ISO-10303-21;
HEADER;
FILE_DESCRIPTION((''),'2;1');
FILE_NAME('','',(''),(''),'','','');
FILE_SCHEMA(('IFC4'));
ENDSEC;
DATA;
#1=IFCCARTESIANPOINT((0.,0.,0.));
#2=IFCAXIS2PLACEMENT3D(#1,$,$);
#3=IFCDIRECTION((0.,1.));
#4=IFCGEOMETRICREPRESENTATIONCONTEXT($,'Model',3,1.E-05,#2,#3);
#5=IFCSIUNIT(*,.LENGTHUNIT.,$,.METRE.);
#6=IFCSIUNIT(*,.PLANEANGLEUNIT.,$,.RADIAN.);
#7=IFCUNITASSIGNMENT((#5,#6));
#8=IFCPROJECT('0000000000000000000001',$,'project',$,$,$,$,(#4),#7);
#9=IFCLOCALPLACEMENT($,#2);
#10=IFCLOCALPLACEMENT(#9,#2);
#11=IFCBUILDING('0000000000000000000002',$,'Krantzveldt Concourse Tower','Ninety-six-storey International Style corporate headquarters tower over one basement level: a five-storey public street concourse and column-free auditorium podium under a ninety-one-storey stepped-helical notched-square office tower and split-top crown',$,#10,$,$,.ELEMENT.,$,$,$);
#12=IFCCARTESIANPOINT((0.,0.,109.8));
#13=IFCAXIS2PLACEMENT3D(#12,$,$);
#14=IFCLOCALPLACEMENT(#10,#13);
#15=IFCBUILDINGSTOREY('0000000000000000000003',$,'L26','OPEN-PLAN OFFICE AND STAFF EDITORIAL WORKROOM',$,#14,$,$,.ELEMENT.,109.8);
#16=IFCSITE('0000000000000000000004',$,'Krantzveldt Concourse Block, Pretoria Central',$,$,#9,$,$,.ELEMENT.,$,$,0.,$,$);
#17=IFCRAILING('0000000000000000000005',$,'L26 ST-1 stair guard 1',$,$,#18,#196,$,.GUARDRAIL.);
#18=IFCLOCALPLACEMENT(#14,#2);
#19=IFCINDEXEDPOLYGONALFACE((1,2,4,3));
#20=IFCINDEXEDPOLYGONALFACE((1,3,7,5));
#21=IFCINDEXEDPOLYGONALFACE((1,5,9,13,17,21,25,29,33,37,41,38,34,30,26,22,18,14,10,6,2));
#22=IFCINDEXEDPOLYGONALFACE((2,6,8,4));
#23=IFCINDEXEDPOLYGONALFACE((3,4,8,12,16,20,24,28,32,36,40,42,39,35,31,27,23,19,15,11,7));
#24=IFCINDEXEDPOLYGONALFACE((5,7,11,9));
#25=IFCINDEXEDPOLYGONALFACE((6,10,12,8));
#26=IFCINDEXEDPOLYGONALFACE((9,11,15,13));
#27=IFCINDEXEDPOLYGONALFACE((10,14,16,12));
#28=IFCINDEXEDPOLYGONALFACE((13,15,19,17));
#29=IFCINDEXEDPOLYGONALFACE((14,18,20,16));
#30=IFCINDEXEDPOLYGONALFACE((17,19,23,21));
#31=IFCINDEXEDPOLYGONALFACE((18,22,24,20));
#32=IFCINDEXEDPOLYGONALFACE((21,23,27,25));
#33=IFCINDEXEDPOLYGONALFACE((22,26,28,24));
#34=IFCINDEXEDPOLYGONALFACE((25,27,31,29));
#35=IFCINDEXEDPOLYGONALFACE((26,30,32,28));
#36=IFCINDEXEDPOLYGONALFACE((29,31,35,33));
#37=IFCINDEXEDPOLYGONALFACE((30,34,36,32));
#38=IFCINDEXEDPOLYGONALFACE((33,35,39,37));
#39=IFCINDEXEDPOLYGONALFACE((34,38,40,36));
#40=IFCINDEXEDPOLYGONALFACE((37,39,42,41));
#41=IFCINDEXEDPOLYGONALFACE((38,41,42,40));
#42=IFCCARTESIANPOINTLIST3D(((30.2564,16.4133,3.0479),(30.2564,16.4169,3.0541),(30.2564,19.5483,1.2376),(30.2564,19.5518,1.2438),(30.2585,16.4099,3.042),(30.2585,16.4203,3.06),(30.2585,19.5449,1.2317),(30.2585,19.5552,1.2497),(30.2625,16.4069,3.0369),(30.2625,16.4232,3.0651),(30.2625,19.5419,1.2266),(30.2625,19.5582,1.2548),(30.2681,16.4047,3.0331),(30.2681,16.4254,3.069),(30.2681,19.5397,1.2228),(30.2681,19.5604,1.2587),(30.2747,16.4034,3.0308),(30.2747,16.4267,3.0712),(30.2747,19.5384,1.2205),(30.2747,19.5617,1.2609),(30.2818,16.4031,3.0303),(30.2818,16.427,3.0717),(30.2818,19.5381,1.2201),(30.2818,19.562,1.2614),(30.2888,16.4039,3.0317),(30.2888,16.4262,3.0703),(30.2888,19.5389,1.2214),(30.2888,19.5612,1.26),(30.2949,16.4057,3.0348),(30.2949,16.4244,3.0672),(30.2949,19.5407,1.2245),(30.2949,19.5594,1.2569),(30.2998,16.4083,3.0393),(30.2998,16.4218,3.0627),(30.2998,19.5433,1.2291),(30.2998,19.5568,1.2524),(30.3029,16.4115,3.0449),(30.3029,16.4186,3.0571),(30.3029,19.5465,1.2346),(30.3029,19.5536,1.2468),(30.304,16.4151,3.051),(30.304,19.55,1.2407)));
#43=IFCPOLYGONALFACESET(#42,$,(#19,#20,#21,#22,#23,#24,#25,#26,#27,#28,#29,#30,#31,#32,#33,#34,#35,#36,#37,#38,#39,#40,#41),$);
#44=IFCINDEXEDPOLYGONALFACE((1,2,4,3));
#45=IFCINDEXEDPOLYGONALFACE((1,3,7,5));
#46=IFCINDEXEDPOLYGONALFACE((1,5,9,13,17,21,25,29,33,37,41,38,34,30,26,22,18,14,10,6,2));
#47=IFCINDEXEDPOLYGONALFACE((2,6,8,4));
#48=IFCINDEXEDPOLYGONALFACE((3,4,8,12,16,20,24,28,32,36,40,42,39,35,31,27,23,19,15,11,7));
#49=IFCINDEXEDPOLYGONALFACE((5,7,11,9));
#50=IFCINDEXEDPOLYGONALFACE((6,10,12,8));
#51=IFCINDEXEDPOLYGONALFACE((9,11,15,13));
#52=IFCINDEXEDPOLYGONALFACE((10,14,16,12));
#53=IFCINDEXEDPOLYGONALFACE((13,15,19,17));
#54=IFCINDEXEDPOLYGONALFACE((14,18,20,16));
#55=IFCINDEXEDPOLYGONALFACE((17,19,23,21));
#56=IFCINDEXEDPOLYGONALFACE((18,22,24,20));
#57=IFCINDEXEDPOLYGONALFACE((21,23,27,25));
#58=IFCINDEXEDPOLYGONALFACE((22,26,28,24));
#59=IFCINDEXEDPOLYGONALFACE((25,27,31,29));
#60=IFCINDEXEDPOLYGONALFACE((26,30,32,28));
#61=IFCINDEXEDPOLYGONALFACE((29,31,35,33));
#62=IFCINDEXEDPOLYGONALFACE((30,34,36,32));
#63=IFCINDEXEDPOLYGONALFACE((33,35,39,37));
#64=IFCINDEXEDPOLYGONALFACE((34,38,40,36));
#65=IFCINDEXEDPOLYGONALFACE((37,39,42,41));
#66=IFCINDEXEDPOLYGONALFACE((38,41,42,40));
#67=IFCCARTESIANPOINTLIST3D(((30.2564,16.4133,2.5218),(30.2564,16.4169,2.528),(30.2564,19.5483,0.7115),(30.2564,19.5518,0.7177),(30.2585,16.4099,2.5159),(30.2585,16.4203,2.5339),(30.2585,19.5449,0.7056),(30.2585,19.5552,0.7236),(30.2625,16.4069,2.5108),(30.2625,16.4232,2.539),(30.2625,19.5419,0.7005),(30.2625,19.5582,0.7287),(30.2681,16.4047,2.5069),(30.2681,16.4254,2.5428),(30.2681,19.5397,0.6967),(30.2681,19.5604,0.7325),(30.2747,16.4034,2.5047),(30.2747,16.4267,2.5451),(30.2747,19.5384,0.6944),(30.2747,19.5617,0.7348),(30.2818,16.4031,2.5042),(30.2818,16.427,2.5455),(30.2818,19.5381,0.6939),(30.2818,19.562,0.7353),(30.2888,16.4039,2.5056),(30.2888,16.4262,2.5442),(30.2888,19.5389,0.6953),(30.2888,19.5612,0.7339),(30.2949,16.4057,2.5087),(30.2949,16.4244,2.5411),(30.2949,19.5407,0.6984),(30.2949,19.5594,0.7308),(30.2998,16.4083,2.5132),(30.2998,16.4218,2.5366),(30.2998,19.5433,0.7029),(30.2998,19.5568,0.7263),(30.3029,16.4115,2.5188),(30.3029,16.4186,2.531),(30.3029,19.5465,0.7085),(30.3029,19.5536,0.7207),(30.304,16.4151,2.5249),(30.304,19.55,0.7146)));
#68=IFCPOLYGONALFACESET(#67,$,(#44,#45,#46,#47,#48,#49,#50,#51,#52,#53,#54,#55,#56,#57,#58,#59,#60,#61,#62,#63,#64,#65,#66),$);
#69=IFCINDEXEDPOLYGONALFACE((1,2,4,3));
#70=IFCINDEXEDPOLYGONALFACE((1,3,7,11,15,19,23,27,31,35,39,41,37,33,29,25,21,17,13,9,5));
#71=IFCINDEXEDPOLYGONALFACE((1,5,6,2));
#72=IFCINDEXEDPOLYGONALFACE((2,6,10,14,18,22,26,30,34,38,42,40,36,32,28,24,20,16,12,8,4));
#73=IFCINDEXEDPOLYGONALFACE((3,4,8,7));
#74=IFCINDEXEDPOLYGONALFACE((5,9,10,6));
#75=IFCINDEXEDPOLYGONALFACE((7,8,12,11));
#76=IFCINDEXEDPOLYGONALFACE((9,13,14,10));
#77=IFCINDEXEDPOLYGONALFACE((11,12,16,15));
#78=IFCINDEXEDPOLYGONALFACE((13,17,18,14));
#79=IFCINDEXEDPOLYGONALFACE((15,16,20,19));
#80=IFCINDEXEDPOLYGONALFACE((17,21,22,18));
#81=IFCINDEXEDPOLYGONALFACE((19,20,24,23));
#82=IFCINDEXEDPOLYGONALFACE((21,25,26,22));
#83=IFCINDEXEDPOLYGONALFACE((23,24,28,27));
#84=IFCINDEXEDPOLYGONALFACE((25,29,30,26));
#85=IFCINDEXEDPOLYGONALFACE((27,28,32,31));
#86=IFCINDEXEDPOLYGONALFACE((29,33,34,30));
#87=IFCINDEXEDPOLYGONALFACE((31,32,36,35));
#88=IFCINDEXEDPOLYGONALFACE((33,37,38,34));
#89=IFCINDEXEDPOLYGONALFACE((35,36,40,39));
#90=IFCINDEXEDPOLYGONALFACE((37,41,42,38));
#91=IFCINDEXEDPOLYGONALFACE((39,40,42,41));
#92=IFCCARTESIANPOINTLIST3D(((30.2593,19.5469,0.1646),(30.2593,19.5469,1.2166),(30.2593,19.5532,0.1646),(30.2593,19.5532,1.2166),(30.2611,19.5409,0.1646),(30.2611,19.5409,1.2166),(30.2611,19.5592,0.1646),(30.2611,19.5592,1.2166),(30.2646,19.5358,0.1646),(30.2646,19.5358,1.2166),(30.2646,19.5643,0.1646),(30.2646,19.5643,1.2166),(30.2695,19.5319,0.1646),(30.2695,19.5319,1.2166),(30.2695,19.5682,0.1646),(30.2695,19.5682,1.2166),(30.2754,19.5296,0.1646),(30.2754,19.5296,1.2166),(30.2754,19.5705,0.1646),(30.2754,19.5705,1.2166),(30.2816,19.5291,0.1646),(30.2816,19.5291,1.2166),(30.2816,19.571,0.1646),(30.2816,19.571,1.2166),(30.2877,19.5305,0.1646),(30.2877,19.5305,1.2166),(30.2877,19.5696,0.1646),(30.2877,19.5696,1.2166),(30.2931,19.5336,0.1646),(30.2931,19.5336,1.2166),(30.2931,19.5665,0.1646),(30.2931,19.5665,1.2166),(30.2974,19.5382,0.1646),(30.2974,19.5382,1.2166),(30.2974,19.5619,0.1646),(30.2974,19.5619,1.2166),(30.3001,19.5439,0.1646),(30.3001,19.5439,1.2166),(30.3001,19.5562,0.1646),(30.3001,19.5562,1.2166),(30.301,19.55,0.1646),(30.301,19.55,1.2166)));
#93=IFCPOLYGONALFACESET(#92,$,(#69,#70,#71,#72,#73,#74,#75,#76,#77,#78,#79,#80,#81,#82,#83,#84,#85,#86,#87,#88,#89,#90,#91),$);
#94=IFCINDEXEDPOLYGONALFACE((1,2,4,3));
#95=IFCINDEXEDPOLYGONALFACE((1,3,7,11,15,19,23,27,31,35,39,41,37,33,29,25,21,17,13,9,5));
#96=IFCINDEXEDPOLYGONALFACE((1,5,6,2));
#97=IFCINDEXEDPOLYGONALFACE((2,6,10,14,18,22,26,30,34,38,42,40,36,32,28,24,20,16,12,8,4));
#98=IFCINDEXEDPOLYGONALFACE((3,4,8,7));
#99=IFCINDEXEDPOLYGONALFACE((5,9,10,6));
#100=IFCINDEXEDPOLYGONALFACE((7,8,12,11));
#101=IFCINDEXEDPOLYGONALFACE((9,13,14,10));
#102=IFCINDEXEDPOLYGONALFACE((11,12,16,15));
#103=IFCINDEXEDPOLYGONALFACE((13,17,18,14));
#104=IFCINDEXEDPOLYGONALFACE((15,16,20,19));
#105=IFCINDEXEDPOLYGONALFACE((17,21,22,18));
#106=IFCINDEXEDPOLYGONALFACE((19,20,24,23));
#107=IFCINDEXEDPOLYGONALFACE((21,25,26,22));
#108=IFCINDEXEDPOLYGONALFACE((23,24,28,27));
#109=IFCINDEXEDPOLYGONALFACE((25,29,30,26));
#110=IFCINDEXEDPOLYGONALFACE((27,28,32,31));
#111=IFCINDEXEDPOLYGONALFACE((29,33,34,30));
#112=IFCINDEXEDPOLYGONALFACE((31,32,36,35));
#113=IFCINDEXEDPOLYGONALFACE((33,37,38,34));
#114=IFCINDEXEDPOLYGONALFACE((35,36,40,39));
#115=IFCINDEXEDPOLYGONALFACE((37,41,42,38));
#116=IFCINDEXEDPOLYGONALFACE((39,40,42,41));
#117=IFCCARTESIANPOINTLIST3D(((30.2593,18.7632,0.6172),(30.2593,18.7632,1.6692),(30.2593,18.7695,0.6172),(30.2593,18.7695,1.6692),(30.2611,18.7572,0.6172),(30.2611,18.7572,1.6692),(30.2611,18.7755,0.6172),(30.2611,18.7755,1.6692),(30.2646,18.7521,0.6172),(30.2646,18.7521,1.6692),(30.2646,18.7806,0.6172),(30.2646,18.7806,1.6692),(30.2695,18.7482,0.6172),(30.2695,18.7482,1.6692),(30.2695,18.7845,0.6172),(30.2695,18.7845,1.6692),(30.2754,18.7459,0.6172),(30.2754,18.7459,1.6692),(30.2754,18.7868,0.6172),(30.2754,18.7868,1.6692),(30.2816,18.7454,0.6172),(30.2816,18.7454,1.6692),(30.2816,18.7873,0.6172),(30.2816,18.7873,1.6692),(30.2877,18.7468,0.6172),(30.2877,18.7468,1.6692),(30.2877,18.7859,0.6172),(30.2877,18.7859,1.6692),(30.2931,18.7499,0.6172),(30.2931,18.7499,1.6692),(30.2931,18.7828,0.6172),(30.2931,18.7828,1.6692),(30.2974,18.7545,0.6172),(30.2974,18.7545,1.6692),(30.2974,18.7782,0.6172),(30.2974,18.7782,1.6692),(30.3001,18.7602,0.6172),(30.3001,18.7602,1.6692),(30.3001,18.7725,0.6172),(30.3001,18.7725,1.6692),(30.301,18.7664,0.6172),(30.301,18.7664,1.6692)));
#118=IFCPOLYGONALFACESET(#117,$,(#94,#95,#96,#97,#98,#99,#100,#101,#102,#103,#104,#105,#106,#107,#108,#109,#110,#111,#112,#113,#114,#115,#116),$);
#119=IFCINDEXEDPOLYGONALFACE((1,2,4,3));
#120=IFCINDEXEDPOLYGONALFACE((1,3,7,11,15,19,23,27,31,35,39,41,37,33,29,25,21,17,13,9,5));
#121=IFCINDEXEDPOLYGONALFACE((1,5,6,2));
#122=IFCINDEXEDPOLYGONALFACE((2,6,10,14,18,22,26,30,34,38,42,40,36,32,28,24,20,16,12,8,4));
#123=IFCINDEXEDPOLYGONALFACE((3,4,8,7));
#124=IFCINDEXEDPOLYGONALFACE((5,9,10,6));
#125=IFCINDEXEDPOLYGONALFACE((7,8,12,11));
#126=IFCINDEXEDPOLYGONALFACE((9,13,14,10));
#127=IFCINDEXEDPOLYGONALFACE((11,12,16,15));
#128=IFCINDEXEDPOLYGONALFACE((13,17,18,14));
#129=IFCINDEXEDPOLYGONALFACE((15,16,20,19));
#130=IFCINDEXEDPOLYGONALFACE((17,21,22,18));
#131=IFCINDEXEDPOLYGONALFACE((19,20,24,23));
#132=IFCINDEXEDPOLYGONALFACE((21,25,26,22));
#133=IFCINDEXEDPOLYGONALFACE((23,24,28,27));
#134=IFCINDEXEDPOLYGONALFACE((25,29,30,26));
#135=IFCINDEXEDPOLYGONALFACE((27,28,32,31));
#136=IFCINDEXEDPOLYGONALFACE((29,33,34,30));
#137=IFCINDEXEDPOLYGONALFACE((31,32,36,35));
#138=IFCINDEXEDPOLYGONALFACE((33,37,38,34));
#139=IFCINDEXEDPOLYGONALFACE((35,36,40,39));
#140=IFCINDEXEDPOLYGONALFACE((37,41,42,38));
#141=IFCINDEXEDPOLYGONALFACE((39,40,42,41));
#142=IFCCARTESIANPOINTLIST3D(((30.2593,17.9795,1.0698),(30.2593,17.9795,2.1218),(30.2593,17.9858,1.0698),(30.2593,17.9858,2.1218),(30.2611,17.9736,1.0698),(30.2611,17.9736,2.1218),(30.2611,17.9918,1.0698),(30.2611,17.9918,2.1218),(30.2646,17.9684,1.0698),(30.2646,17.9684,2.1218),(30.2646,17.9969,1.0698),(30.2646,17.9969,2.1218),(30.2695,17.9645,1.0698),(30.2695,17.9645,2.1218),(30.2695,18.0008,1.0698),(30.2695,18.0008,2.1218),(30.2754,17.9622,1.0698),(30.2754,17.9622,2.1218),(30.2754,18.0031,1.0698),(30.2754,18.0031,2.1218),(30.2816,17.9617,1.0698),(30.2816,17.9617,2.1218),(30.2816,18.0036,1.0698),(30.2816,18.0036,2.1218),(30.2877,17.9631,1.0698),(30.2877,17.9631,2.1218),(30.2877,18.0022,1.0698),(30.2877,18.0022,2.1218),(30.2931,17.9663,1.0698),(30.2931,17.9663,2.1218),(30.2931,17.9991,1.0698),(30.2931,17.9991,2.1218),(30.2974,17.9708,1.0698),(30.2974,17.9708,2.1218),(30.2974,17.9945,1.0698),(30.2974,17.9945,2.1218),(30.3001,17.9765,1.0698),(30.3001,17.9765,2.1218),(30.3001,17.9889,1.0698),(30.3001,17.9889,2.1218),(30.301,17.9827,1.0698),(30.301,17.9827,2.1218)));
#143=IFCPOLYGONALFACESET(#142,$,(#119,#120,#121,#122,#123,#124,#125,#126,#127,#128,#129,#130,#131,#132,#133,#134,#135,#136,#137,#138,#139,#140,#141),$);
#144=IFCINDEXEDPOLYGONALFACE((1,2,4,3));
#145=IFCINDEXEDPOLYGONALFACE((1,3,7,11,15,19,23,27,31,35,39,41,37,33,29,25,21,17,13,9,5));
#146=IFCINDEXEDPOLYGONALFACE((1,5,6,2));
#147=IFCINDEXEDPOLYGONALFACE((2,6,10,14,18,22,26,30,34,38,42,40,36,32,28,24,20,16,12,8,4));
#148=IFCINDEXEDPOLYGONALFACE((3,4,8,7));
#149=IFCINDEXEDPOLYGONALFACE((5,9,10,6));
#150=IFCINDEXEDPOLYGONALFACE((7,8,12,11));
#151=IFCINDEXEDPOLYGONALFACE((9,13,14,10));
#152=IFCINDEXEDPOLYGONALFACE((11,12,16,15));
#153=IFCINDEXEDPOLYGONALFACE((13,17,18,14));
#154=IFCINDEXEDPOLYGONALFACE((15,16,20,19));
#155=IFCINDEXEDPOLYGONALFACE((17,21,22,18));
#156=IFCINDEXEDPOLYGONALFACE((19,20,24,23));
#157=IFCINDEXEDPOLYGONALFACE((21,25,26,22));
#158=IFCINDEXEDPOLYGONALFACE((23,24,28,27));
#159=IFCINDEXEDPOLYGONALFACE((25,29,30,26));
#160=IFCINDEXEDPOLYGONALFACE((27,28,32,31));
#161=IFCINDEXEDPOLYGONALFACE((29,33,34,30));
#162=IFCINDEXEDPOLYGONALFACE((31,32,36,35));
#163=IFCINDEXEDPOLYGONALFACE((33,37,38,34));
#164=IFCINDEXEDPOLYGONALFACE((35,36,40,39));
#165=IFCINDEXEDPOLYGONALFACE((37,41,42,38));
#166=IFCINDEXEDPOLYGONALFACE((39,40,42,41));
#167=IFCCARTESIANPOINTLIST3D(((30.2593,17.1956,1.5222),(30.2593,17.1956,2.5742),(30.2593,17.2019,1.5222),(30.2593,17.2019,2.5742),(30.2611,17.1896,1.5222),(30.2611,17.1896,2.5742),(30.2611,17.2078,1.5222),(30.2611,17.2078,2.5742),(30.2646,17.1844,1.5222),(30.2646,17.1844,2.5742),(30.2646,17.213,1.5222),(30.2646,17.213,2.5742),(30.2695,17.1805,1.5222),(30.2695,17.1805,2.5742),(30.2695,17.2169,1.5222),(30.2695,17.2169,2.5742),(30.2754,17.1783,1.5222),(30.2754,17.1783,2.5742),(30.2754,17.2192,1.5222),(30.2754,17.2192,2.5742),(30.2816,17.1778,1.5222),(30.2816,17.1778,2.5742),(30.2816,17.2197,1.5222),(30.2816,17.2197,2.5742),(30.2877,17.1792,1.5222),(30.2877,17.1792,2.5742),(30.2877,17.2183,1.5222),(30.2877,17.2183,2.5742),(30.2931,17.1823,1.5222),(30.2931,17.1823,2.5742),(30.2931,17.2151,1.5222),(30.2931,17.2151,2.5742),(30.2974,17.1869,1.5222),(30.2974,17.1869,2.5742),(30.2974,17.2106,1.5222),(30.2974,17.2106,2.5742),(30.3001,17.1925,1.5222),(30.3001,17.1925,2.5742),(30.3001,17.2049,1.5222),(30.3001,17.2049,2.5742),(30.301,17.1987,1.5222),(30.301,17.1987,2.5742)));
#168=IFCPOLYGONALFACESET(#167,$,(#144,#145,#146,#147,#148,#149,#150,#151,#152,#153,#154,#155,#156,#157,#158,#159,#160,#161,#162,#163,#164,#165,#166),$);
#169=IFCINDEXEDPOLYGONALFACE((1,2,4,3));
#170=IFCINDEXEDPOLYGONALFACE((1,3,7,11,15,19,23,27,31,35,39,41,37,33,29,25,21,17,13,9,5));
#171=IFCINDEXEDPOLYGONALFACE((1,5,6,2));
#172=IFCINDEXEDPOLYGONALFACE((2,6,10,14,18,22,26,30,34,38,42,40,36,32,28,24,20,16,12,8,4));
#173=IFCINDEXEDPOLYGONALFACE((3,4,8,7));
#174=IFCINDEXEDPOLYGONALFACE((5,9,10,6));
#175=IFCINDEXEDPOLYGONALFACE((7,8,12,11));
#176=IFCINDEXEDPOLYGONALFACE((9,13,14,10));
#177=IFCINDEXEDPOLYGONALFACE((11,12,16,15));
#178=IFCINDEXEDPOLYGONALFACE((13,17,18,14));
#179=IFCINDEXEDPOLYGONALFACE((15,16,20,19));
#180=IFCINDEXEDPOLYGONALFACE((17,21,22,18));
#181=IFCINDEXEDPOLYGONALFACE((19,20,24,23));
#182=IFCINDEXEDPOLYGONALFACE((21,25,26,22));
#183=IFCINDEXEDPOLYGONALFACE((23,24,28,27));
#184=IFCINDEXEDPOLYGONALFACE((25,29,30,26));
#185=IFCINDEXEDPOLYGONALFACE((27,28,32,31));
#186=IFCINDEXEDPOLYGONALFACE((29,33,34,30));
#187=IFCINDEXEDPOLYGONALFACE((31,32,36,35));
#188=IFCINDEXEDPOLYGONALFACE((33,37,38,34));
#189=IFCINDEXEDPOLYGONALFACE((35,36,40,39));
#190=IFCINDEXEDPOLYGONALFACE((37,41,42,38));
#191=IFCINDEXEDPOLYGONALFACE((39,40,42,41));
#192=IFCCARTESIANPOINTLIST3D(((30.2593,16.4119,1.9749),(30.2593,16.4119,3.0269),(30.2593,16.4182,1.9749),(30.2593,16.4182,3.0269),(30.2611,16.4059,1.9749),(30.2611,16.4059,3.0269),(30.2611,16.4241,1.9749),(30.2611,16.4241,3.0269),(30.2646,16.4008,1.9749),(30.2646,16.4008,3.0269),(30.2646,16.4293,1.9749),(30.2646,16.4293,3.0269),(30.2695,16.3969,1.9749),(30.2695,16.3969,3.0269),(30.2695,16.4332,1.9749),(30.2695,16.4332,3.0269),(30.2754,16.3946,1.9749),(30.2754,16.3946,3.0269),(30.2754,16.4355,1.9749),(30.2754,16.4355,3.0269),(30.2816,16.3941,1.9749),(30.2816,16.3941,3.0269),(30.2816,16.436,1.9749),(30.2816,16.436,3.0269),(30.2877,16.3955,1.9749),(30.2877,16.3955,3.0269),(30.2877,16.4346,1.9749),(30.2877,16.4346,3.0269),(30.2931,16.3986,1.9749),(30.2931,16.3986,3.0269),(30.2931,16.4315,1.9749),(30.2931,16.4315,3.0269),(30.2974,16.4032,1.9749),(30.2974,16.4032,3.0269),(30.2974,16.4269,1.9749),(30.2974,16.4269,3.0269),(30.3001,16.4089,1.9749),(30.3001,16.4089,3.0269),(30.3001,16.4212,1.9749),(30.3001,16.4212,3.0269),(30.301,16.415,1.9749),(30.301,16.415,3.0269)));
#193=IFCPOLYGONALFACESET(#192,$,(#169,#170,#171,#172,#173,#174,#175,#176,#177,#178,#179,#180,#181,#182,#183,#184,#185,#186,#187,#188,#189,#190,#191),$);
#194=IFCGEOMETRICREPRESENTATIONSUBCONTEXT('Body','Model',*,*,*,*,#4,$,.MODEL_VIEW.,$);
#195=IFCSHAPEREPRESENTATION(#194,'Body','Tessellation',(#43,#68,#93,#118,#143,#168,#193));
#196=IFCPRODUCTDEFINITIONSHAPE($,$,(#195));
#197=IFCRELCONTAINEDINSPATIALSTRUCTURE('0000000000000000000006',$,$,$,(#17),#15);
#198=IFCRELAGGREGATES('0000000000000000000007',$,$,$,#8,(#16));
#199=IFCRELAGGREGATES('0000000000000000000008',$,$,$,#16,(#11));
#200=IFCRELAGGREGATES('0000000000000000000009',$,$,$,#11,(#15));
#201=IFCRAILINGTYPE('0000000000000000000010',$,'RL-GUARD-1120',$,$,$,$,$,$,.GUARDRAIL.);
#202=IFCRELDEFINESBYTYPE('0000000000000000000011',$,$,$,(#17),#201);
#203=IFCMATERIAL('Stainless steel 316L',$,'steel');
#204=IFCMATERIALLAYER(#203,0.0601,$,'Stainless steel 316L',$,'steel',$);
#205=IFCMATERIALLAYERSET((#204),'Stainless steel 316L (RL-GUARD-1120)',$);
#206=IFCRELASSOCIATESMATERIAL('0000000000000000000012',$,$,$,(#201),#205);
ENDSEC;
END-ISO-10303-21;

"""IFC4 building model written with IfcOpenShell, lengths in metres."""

from ifc_helpers import new_model, si_unit, direction, frame, origin, origin_2d, place, context, subcontext, project, spatial, circle, extrude, material, layer, layer_set, type_object, element, save


model = new_model("IFC4")

# Units and contexts
model_context = context("Model", 3, precision=1e-05, world=origin(), true_north=direction((0.0, 1.0)))
body_context = subcontext(model_context, "Body", "Model", "MODEL_VIEW")
ifc_project = project(units=[si_unit("LENGTHUNIT", "METRE"), si_unit("PLANEANGLEUNIT", "RADIAN")], contexts=[model_context])

# Site, building, storey
site_placement = place(None, origin())
site = spatial("IfcSite", under=ifc_project, at=site_placement, Name="Krantzveldt Concourse Block, Pretoria Central", CompositionType="ELEMENT", RefElevation=0.0)
building_placement = place(site_placement, origin())
building = spatial("IfcBuilding", under=site, at=building_placement, Name="Krantzveldt Concourse Tower", Description="Ninety-six-storey International Style corporate headquarters tower over one basement level: a five-storey public street concourse and column-free auditorium podium under a ninety-one-storey stepped-helical notched-square office tower and split-top crown", CompositionType="ELEMENT")
storey_placement = place(building_placement, frame((0.0, 0.0, 109.8)))
storey = spatial("IfcBuildingStorey", under=building, at=storey_placement, Name="L26", Description="OPEN-PLAN OFFICE AND STAFF EDITORIAL WORKROOM", CompositionType="ELEMENT", Elevation=109.8)

# Railing
ifc_material_1 = material(Name="Stainless steel 316L", Category="steel")
ifc_layer_1 = layer(ifc_material_1, 0.0601, Name="Stainless steel 316L", Category="steel")
ifc_layer_set_1 = layer_set([ifc_layer_1], Name="Stainless steel 316L (RL-GUARD-1120)")
railing_type_1 = type_object("IfcRailingType", Name="RL-GUARD-1120", PredefinedType="GUARDRAIL", material=ifc_layer_set_1)
railing_1_placement = place(storey_placement, frame((30.28, 19.55, 0.1646)))
element("IfcRailing", 1, at=railing_1_placement, inside=storey, type_object=railing_type_1, Name="L26 ST-1 stair guard 1", PredefinedType="GUARDRAIL", context=body_context, shape_type="SweptSolid", body=[
    extrude(circle(Radius=0.0239, at=origin_2d()), frame((0.0, 0.0, 1.0762), z_axis=(0.0, -0.865989, 0.500063), x_axis=(1.0, 0.0, 0.0)), (0.0, 0.0, 1.0), 3.6201),
    extrude(circle(Radius=0.0239, at=origin_2d()), frame((0.0, 0.0, 0.55), z_axis=(0.0, -0.865989, 0.500063), x_axis=(1.0, 0.0, 0.0)), (0.0, 0.0, 1.0), 3.6201),
    extrude(circle(Radius=0.021, at=origin_2d()), origin(), (0.0, 0.0, 1.0), 1.052),
    extrude(circle(Radius=0.021, at=origin_2d()), frame((0.0, -0.7837, 0.4526)), (0.0, 0.0, 1.0), 1.052),
    extrude(circle(Radius=0.021, at=origin_2d()), frame((0.0, -1.5674, 0.9053)), (0.0, 0.0, 1.0), 1.052),
    extrude(circle(Radius=0.021, at=origin_2d()), frame((0.0, -2.3513, 1.3577)), (0.0, 0.0, 1.0), 1.052),
    extrude(circle(Radius=0.021, at=origin_2d()), frame((0.0, -3.135, 1.8103)), (0.0, 0.0, 1.0), 1.052),
])

save(model, "model.ifc")
